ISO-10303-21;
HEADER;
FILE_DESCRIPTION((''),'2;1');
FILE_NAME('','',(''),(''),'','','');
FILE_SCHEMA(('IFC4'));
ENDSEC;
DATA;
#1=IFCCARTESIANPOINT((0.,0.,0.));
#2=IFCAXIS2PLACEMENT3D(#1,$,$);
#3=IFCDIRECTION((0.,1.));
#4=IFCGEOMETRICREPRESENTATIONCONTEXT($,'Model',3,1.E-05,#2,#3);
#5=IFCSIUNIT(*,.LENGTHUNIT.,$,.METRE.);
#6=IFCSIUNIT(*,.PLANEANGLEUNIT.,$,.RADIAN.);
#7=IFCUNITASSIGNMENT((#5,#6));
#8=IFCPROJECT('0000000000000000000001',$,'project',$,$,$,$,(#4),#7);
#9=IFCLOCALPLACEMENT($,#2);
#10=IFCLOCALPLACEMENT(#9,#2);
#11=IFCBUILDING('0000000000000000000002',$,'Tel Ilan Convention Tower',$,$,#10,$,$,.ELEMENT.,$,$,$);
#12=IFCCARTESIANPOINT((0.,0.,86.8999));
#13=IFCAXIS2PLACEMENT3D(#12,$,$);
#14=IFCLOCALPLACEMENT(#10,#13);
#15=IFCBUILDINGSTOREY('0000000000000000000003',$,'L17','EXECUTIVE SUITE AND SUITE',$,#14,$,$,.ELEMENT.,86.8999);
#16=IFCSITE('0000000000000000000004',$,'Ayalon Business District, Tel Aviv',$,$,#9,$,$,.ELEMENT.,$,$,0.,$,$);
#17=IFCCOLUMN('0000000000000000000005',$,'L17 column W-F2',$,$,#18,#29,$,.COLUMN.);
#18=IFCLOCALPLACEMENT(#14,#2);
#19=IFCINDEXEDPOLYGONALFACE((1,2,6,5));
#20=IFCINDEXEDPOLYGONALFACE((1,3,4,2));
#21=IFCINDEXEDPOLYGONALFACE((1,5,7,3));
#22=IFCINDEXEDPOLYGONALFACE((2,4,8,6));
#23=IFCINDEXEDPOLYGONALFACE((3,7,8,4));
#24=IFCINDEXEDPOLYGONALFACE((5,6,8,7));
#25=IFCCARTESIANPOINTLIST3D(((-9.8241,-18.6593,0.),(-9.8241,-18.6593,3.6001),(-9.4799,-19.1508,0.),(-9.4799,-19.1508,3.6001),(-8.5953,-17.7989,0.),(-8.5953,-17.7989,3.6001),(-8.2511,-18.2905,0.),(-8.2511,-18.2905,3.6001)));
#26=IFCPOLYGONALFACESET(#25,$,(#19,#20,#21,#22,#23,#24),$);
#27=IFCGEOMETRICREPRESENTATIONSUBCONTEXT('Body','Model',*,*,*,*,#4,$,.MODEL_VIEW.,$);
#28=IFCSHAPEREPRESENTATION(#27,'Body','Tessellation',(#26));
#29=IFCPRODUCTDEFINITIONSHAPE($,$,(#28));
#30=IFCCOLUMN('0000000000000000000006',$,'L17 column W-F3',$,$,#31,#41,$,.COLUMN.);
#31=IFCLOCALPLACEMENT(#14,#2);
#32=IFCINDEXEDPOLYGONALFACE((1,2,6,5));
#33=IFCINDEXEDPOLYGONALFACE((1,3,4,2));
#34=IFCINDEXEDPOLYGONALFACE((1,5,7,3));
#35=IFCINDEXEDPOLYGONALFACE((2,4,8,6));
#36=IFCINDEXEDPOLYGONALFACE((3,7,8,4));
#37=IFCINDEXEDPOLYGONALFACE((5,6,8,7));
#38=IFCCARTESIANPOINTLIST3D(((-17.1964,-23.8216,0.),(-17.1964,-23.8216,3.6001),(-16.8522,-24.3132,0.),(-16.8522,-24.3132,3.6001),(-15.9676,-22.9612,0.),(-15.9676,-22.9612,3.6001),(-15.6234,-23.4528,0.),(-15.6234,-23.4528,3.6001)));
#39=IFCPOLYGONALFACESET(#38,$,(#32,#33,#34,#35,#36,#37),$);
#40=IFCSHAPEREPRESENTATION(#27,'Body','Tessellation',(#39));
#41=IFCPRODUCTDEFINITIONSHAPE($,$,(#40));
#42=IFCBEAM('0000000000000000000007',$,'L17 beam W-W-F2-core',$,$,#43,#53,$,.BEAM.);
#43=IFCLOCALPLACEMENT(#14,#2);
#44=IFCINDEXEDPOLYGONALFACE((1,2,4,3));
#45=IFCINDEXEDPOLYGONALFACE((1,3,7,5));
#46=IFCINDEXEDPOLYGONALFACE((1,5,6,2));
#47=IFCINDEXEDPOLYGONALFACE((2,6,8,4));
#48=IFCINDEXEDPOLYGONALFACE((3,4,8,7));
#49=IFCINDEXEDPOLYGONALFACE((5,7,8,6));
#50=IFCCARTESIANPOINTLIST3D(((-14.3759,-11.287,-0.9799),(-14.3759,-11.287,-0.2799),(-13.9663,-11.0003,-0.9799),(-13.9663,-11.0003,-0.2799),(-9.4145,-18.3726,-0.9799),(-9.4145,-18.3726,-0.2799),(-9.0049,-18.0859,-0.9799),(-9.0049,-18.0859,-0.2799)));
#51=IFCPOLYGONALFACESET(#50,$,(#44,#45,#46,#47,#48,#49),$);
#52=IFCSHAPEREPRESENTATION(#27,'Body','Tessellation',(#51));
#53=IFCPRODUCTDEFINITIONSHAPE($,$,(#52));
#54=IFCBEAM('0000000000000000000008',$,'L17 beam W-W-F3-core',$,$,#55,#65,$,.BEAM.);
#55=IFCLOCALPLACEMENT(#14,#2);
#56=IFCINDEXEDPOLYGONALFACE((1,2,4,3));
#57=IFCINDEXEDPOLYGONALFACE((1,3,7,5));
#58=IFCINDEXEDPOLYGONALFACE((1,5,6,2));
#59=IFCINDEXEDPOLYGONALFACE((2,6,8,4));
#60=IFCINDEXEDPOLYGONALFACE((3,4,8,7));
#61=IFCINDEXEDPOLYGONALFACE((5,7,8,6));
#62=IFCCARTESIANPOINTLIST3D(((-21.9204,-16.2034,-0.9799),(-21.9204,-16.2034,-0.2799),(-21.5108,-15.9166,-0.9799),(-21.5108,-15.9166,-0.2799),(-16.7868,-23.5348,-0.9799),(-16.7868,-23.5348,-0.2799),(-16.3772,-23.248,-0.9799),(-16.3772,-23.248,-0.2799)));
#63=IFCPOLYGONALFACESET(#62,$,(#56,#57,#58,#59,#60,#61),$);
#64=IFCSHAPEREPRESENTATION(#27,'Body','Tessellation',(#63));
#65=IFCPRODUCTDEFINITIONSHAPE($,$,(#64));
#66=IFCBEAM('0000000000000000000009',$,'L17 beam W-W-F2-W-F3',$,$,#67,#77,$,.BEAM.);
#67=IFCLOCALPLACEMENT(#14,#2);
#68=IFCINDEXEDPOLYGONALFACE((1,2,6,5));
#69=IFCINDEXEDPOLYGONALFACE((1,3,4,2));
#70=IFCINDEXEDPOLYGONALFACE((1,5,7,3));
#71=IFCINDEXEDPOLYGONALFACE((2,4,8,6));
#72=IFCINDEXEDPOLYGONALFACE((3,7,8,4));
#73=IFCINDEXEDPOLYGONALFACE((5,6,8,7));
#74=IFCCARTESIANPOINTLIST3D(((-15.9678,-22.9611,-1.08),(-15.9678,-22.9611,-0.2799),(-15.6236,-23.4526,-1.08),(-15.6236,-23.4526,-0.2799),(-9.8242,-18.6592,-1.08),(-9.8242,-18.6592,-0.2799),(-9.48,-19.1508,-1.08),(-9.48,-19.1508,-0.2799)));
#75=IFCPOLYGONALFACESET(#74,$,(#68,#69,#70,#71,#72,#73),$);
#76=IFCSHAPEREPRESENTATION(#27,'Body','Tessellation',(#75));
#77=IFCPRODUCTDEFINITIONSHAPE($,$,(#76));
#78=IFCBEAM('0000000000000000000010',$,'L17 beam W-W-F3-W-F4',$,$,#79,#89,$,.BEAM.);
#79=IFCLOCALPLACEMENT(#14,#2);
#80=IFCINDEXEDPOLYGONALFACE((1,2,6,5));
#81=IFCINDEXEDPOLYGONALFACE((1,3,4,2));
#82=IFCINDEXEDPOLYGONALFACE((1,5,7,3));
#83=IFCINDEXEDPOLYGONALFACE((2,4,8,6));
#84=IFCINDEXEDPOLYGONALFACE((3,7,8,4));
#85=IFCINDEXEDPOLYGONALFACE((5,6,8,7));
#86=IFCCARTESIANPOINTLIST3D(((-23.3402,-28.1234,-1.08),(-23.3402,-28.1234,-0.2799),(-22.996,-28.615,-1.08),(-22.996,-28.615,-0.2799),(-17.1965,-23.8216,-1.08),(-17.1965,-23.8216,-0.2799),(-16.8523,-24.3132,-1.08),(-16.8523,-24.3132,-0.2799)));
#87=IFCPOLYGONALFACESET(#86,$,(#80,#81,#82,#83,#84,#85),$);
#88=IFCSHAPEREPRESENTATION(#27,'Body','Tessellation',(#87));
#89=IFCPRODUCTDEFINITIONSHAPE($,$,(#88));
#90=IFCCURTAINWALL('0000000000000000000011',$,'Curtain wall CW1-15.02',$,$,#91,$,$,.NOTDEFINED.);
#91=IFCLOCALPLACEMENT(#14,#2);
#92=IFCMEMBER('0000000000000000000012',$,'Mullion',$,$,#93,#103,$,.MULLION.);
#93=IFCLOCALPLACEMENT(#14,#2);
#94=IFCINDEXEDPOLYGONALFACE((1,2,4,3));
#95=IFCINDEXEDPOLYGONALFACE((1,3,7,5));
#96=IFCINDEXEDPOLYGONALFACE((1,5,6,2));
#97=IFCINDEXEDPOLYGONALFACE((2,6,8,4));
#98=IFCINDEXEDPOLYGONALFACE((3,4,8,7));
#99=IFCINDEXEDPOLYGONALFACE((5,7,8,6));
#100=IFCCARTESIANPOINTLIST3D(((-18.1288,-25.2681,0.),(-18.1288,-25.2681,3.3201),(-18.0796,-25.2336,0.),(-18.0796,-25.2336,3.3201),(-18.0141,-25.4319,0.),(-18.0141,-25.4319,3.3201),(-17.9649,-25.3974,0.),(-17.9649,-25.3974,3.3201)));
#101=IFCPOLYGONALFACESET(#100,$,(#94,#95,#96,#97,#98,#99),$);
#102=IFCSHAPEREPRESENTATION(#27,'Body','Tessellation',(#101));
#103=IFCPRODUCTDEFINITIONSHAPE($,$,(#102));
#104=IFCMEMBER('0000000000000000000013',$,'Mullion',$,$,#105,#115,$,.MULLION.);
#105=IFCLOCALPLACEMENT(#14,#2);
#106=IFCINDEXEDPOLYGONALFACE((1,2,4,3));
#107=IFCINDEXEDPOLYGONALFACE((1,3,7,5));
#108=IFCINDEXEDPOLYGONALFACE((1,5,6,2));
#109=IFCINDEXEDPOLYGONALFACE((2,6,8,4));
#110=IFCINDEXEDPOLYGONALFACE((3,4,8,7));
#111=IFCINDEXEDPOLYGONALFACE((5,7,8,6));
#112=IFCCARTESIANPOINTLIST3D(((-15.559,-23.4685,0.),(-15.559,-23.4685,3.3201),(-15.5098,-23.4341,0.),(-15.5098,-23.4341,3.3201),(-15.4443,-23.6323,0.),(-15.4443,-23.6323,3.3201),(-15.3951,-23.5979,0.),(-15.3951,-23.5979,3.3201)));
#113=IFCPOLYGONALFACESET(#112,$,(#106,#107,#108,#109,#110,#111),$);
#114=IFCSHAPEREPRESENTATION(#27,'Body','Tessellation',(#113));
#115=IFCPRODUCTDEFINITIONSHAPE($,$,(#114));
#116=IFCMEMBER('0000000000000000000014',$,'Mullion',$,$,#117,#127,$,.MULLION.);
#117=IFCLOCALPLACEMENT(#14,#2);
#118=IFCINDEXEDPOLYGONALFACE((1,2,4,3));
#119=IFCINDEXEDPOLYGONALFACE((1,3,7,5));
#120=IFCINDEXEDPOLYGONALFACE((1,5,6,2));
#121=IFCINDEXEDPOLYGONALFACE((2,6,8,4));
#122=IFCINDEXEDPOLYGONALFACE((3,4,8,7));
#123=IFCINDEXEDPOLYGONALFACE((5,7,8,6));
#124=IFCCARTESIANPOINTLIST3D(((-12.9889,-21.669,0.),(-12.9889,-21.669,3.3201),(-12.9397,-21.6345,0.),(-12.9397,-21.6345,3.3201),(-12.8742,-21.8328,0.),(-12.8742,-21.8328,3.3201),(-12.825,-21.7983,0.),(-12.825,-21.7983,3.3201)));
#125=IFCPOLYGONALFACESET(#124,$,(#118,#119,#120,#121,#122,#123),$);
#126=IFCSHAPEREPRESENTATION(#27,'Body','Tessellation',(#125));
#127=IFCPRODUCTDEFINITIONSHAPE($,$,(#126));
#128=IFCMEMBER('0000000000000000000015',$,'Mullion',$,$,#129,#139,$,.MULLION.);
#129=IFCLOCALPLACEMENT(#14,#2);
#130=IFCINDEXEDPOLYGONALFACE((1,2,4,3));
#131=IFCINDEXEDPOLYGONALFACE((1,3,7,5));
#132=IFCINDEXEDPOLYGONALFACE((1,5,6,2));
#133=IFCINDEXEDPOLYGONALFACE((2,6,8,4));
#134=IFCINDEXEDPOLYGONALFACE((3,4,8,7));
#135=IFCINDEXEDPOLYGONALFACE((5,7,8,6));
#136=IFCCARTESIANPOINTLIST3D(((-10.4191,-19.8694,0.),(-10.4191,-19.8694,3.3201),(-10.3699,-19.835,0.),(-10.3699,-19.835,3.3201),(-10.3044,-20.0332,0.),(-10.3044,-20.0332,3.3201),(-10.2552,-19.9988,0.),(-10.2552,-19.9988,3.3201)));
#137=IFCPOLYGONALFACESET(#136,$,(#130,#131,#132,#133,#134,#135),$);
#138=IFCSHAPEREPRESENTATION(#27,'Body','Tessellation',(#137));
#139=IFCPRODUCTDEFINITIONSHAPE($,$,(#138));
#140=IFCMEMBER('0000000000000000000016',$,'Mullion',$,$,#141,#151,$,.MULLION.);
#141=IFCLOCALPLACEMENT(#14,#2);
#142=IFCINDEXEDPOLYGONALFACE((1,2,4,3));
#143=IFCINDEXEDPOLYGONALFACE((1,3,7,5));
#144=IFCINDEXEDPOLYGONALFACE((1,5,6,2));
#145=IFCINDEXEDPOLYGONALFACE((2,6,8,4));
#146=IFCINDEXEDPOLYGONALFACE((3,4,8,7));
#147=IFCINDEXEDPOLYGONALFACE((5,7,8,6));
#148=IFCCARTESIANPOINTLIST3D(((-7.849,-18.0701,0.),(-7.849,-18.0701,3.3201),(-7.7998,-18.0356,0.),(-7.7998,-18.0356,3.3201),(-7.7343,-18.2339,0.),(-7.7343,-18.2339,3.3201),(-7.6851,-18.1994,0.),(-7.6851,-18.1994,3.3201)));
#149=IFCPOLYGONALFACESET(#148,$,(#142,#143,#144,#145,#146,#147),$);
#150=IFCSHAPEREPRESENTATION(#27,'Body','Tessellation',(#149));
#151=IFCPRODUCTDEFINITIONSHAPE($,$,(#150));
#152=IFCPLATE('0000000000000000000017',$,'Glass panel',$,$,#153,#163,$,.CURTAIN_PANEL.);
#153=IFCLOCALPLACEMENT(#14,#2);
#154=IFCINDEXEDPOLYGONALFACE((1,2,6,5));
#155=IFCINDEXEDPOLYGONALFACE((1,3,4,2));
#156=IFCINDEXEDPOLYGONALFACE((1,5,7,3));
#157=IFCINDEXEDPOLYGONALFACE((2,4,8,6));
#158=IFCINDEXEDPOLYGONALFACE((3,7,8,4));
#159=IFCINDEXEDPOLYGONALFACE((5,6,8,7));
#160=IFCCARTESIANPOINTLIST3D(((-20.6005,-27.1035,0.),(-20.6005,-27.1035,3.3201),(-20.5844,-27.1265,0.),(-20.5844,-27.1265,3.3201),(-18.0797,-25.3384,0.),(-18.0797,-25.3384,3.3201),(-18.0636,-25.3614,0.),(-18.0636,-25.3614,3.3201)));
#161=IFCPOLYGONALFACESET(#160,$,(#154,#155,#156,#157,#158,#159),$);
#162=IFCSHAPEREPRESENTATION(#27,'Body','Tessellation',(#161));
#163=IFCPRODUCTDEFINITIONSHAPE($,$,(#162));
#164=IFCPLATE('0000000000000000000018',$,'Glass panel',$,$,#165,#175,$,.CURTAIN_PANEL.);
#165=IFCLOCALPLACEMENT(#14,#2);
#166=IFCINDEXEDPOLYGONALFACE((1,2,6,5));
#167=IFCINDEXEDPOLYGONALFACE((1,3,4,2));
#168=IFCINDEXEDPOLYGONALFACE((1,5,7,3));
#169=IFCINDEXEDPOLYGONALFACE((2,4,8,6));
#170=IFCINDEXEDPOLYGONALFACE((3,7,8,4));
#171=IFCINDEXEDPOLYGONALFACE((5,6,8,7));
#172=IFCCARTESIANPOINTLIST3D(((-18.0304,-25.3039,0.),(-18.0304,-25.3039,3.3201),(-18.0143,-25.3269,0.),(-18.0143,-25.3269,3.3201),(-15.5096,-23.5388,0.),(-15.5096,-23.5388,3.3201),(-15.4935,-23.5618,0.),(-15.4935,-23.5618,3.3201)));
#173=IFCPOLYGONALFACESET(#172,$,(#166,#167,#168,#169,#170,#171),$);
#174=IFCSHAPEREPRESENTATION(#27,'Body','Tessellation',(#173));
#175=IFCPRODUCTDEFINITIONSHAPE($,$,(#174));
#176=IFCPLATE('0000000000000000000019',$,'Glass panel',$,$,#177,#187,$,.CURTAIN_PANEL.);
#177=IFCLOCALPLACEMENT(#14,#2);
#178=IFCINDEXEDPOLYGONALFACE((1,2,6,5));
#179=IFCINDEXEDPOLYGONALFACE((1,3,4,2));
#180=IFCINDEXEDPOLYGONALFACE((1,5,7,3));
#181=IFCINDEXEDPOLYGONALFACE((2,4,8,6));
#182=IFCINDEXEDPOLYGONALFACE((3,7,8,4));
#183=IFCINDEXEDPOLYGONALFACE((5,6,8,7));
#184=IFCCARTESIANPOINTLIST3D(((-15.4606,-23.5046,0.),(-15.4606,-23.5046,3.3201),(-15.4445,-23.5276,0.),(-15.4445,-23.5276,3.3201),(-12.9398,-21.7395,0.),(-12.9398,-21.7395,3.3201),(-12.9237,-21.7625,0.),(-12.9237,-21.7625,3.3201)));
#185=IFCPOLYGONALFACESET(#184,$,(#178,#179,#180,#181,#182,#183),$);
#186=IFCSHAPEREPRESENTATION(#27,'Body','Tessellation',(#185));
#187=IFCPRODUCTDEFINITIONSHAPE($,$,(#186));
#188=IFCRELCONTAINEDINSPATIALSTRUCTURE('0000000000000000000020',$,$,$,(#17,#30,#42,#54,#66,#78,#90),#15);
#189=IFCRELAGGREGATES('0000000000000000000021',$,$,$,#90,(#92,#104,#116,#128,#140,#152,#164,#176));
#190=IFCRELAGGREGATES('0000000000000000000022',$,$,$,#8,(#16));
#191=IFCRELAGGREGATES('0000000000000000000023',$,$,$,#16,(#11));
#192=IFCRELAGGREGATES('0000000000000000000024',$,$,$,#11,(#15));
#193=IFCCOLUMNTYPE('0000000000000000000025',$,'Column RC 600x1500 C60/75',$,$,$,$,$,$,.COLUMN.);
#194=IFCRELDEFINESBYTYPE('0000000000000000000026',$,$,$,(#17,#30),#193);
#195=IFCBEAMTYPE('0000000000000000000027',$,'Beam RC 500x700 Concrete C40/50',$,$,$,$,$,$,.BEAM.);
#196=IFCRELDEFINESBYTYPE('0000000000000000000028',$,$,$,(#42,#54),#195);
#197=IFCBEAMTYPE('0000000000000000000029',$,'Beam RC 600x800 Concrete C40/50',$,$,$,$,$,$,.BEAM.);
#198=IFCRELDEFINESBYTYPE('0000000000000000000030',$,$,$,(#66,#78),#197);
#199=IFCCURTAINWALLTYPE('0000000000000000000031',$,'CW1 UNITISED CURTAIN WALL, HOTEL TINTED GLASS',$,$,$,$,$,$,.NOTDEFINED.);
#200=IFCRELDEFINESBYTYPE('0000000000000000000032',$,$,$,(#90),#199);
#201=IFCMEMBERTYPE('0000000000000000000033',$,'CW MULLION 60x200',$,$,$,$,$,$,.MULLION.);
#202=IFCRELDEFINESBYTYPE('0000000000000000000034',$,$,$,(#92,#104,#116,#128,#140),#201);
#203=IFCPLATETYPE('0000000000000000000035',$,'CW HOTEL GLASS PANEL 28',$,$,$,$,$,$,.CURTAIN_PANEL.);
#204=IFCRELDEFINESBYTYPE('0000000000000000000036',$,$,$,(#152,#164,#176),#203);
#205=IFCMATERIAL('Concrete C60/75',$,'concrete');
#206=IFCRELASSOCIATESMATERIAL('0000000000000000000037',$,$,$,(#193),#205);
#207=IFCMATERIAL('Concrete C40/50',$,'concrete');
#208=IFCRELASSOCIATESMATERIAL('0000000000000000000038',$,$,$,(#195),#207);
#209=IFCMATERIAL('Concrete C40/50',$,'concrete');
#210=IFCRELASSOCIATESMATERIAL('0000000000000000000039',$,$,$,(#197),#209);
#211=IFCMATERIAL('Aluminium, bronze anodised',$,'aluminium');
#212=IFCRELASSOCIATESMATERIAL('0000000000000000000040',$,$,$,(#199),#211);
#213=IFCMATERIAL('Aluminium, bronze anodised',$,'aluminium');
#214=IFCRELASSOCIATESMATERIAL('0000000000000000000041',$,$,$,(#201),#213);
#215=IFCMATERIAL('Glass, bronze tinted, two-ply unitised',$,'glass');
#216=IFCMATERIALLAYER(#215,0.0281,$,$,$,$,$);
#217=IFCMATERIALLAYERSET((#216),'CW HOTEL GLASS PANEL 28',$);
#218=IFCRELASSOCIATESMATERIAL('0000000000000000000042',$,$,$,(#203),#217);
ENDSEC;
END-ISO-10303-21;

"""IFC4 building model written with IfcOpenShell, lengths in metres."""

from ifc_helpers import new_model, si_unit, direction, frame, origin, origin_2d, place, context, subcontext, project, spatial, rectangle, extrude, material, layer, layer_set, material_profile, profile_set, type_object, element, aggregate, save


model = new_model("IFC4")

# Units and contexts
model_context = context("Model", 3, precision=1e-05, world=origin(), true_north=direction((0.0, 1.0)))
body_context = subcontext(model_context, "Body", "Model", "MODEL_VIEW")
ifc_project = project(units=[si_unit("LENGTHUNIT", "METRE"), si_unit("PLANEANGLEUNIT", "RADIAN")], contexts=[model_context])

# Site, building, storey
site_placement = place(None, origin())
site = spatial("IfcSite", under=ifc_project, at=site_placement, Name="Ayalon Business District, Tel Aviv", CompositionType="ELEMENT", RefElevation=0.0)
building_placement = place(site_placement, origin())
building = spatial("IfcBuilding", under=site, at=building_placement, Name="Tel Ilan Convention Tower", CompositionType="ELEMENT")
storey_placement = place(building_placement, frame((0.0, 0.0, 86.8999)))
storey = spatial("IfcBuildingStorey", under=building, at=storey_placement, Name="L17", Description="EXECUTIVE SUITE AND SUITE", CompositionType="ELEMENT", Elevation=86.8999)

# Columns
ifc_material_1 = material(Name="Concrete C60/75", Category="concrete")
ifc_material_profile_1 = material_profile(ifc_material_1, rectangle(XDim=1.5, YDim=0.6001, at=origin_2d()), Name="RC 600x1500")
ifc_profile_set_1 = profile_set([ifc_material_profile_1], Name="Concrete C60/75")
column_type = type_object("IfcColumnType", Name="Column RC 600x1500 C60/75", PredefinedType="COLUMN", material=ifc_profile_set_1)
for number, where, z_axis, x_axis, name in (
    (1, (-9.0376, -18.4749, 0.0), (0.0, 0.0, 1.0), (-0.819152, -0.573576, 0.0), "L17 column W-F2"),
    (2, (-16.4099, -23.6372, 0.0), (0.0, 0.0, 1.0), (-0.819152, -0.573576, 0.0), "L17 column W-F3"),
):
    element("IfcColumn", number, at=place(storey_placement, frame(where, z_axis=z_axis, x_axis=x_axis)), inside=storey, type_object=column_type, Name=name, PredefinedType="COLUMN", context=body_context, shape_type="SweptSolid", body=[
        extrude(rectangle(XDim=1.5, YDim=0.6001, at=origin_2d()), origin(), (0.0, 0.0, 1.0), 3.6001),
    ])

# Beams
ifc_material_2 = material(Name="Concrete C40/50", Category="concrete")
ifc_material_profile_2 = material_profile(ifc_material_2, rectangle(XDim=0.5, YDim=0.7, at=origin_2d()), Name="RC 500x700")
ifc_profile_set_2 = profile_set([ifc_material_profile_2], Name="Concrete C40/50")
beam_type_1 = type_object("IfcBeamType", Name="Beam RC 500x700 Concrete C40/50", PredefinedType="BEAM", material=ifc_profile_set_2)
beam_1_placement = place(storey_placement, frame((-9.2097, -18.2292, -0.6299), z_axis=(-0.573574, 0.819154, 0.0), x_axis=(-0.819154, -0.573574, 0.0)))
element("IfcBeam", 3, at=beam_1_placement, inside=storey, type_object=beam_type_1, Name="L17 beam W-W-F2-core", PredefinedType="BEAM", context=body_context, shape_type="SweptSolid", body=[
    extrude(rectangle(XDim=0.5, YDim=0.7, at=origin_2d()), origin(), (0.0, 0.0, 1.0), 8.6499),
])
beam_2_placement = place(storey_placement, frame((-16.582, -23.3914, -0.6299), z_axis=(-0.573585, 0.819146, 0.0), x_axis=(-0.819146, -0.573585, 0.0)))
element("IfcBeam", 4, at=beam_2_placement, inside=storey, type_object=beam_type_1, Name="L17 beam W-W-F3-core", PredefinedType="BEAM", context=body_context, shape_type="SweptSolid", body=[
    extrude(rectangle(XDim=0.5, YDim=0.7, at=origin_2d()), origin(), (0.0, 0.0, 1.0), 8.95),
])
ifc_material_3 = material(Name="Concrete C40/50", Category="concrete")
ifc_material_profile_3 = material_profile(ifc_material_3, rectangle(XDim=0.6001, YDim=0.8, at=origin_2d()), Name="RC 600x800")
ifc_profile_set_3 = profile_set([ifc_material_profile_3], Name="Concrete C40/50")
beam_type_2 = type_object("IfcBeamType", Name="Beam RC 600x800 Concrete C40/50", PredefinedType="BEAM", material=ifc_profile_set_3)
for number, where, z_axis, x_axis, name in (
    (5, (-9.6521, -18.905, -0.6799), (-0.819152, -0.573576, 0.0), (0.573576, -0.819152, 0.0), "L17 beam W-W-F2-W-F3"),
    (6, (-17.0244, -24.0674, -0.6799), (-0.819152, -0.573576, 0.0), (0.573576, -0.819152, 0.0), "L17 beam W-W-F3-W-F4"),
):
    element("IfcBeam", number, at=place(storey_placement, frame(where, z_axis=z_axis, x_axis=x_axis)), inside=storey, type_object=beam_type_2, Name=name, PredefinedType="BEAM", context=body_context, shape_type="SweptSolid", body=[
        extrude(rectangle(XDim=0.6001, YDim=0.8, at=origin_2d()), origin(), (0.0, 0.0, 1.0), 7.5),
    ])

# Curtain wall, members, plates
ifc_material_4 = material(Name="Aluminium, bronze anodised", Category="aluminium")
curtain_wall_type = type_object("IfcCurtainWallType", Name="CW1 UNITISED CURTAIN WALL, HOTEL TINTED GLASS", PredefinedType="NOTDEFINED", material=ifc_material_4)
curtain_wall_placement = place(storey_placement, origin())
curtain_wall = element("IfcCurtainWall", 7, at=curtain_wall_placement, inside=storey, type_object=curtain_wall_type, Name="Curtain wall CW1-15.02", PredefinedType="NOTDEFINED")
ifc_material_5 = material(Name="Aluminium, bronze anodised", Category="aluminium")
ifc_material_profile_4 = material_profile(ifc_material_5, rectangle(XDim=0.0601, YDim=0.2, at=origin_2d()), Name="CW MULLION 60x200")
ifc_profile_set_4 = profile_set([ifc_material_profile_4], Name="Aluminium, bronze anodised")
member_type = type_object("IfcMemberType", Name="CW MULLION 60x200", PredefinedType="MULLION", material=ifc_profile_set_4)
member_1_placement = place(storey_placement, frame((-18.0469, -25.3328, 0.0), z_axis=(0.0, 0.0, 1.0), x_axis=(0.819152, 0.573576, 0.0)))
member_1 = element("IfcMember", 8, at=member_1_placement, type_object=member_type, Name="Mullion", PredefinedType="MULLION", context=body_context, shape_type="SweptSolid", body=[
    extrude(rectangle(XDim=0.0601, YDim=0.2, at=origin_2d()), origin(), (0.0, 0.0, 1.0), 3.3201),
])
member_2_placement = place(storey_placement, frame((-15.4771, -23.5332, 0.0), z_axis=(0.0, 0.0, 1.0), x_axis=(0.819152, 0.573576, 0.0)))
member_2 = element("IfcMember", 9, at=member_2_placement, type_object=member_type, Name="Mullion", PredefinedType="MULLION", context=body_context, shape_type="SweptSolid", body=[
    extrude(rectangle(XDim=0.0601, YDim=0.2, at=origin_2d()), origin(), (0.0, 0.0, 1.0), 3.3201),
])
member_3_placement = place(storey_placement, frame((-12.907, -21.7336, 0.0), z_axis=(0.0, 0.0, 1.0), x_axis=(0.819152, 0.573576, 0.0)))
member_3 = element("IfcMember", 10, at=member_3_placement, type_object=member_type, Name="Mullion", PredefinedType="MULLION", context=body_context, shape_type="SweptSolid", body=[
    extrude(rectangle(XDim=0.0601, YDim=0.2, at=origin_2d()), origin(), (0.0, 0.0, 1.0), 3.3201),
])
member_4_placement = place(storey_placement, frame((-10.3372, -19.9341, 0.0), z_axis=(0.0, 0.0, 1.0), x_axis=(0.819152, 0.573576, 0.0)))
member_4 = element("IfcMember", 11, at=member_4_placement, type_object=member_type, Name="Mullion", PredefinedType="MULLION", context=body_context, shape_type="SweptSolid", body=[
    extrude(rectangle(XDim=0.0601, YDim=0.2, at=origin_2d()), origin(), (0.0, 0.0, 1.0), 3.3201),
])
member_5_placement = place(storey_placement, frame((-7.7671, -18.1348, 0.0), z_axis=(0.0, 0.0, 1.0), x_axis=(0.819152, 0.573576, 0.0)))
member_5 = element("IfcMember", 12, at=member_5_placement, type_object=member_type, Name="Mullion", PredefinedType="MULLION", context=body_context, shape_type="SweptSolid", body=[
    extrude(rectangle(XDim=0.0601, YDim=0.2, at=origin_2d()), origin(), (0.0, 0.0, 1.0), 3.3201),
])
ifc_material_6 = material(Name="Glass, bronze tinted, two-ply unitised", Category="glass")
ifc_layer_1 = layer(ifc_material_6, 0.0281)
ifc_layer_set_1 = layer_set([ifc_layer_1], Name="CW HOTEL GLASS PANEL 28")
plate_type = type_object("IfcPlateType", Name="CW HOTEL GLASS PANEL 28", PredefinedType="CURTAIN_PANEL", material=ifc_layer_set_1)
plate_1_placement = place(storey_placement, frame((-19.332, -26.2324, 0.0), z_axis=(0.0, 0.0, 1.0), x_axis=(0.819152, 0.573576, 0.0)))
plate_1 = element("IfcPlate", 13, at=plate_1_placement, type_object=plate_type, Name="Glass panel", PredefinedType="CURTAIN_PANEL", context=body_context, shape_type="SweptSolid", body=[
    extrude(rectangle(XDim=3.0774, YDim=0.0281, at=origin_2d()), origin(), (0.0, 0.0, 1.0), 3.3201),
])
plate_2_placement = place(storey_placement, frame((-16.762, -24.4329, 0.0), z_axis=(0.0, 0.0, 1.0), x_axis=(0.819152, 0.573576, 0.0)))
plate_2 = element("IfcPlate", 14, at=plate_2_placement, type_object=plate_type, Name="Glass panel", PredefinedType="CURTAIN_PANEL", context=body_context, shape_type="SweptSolid", body=[
    extrude(rectangle(XDim=3.0774, YDim=0.0281, at=origin_2d()), origin(), (0.0, 0.0, 1.0), 3.3201),
])
plate_3_placement = place(storey_placement, frame((-14.1921, -22.6335, 0.0), z_axis=(0.0, 0.0, 1.0), x_axis=(0.819152, 0.573576, 0.0)))
plate_3 = element("IfcPlate", 15, at=plate_3_placement, type_object=plate_type, Name="Glass panel", PredefinedType="CURTAIN_PANEL", context=body_context, shape_type="SweptSolid", body=[
    extrude(rectangle(XDim=3.0774, YDim=0.0281, at=origin_2d()), origin(), (0.0, 0.0, 1.0), 3.3201),
])
aggregate(curtain_wall, [member_1, member_2, member_3, member_4, member_5, plate_1, plate_2, plate_3])

save(model, "model.ifc")
